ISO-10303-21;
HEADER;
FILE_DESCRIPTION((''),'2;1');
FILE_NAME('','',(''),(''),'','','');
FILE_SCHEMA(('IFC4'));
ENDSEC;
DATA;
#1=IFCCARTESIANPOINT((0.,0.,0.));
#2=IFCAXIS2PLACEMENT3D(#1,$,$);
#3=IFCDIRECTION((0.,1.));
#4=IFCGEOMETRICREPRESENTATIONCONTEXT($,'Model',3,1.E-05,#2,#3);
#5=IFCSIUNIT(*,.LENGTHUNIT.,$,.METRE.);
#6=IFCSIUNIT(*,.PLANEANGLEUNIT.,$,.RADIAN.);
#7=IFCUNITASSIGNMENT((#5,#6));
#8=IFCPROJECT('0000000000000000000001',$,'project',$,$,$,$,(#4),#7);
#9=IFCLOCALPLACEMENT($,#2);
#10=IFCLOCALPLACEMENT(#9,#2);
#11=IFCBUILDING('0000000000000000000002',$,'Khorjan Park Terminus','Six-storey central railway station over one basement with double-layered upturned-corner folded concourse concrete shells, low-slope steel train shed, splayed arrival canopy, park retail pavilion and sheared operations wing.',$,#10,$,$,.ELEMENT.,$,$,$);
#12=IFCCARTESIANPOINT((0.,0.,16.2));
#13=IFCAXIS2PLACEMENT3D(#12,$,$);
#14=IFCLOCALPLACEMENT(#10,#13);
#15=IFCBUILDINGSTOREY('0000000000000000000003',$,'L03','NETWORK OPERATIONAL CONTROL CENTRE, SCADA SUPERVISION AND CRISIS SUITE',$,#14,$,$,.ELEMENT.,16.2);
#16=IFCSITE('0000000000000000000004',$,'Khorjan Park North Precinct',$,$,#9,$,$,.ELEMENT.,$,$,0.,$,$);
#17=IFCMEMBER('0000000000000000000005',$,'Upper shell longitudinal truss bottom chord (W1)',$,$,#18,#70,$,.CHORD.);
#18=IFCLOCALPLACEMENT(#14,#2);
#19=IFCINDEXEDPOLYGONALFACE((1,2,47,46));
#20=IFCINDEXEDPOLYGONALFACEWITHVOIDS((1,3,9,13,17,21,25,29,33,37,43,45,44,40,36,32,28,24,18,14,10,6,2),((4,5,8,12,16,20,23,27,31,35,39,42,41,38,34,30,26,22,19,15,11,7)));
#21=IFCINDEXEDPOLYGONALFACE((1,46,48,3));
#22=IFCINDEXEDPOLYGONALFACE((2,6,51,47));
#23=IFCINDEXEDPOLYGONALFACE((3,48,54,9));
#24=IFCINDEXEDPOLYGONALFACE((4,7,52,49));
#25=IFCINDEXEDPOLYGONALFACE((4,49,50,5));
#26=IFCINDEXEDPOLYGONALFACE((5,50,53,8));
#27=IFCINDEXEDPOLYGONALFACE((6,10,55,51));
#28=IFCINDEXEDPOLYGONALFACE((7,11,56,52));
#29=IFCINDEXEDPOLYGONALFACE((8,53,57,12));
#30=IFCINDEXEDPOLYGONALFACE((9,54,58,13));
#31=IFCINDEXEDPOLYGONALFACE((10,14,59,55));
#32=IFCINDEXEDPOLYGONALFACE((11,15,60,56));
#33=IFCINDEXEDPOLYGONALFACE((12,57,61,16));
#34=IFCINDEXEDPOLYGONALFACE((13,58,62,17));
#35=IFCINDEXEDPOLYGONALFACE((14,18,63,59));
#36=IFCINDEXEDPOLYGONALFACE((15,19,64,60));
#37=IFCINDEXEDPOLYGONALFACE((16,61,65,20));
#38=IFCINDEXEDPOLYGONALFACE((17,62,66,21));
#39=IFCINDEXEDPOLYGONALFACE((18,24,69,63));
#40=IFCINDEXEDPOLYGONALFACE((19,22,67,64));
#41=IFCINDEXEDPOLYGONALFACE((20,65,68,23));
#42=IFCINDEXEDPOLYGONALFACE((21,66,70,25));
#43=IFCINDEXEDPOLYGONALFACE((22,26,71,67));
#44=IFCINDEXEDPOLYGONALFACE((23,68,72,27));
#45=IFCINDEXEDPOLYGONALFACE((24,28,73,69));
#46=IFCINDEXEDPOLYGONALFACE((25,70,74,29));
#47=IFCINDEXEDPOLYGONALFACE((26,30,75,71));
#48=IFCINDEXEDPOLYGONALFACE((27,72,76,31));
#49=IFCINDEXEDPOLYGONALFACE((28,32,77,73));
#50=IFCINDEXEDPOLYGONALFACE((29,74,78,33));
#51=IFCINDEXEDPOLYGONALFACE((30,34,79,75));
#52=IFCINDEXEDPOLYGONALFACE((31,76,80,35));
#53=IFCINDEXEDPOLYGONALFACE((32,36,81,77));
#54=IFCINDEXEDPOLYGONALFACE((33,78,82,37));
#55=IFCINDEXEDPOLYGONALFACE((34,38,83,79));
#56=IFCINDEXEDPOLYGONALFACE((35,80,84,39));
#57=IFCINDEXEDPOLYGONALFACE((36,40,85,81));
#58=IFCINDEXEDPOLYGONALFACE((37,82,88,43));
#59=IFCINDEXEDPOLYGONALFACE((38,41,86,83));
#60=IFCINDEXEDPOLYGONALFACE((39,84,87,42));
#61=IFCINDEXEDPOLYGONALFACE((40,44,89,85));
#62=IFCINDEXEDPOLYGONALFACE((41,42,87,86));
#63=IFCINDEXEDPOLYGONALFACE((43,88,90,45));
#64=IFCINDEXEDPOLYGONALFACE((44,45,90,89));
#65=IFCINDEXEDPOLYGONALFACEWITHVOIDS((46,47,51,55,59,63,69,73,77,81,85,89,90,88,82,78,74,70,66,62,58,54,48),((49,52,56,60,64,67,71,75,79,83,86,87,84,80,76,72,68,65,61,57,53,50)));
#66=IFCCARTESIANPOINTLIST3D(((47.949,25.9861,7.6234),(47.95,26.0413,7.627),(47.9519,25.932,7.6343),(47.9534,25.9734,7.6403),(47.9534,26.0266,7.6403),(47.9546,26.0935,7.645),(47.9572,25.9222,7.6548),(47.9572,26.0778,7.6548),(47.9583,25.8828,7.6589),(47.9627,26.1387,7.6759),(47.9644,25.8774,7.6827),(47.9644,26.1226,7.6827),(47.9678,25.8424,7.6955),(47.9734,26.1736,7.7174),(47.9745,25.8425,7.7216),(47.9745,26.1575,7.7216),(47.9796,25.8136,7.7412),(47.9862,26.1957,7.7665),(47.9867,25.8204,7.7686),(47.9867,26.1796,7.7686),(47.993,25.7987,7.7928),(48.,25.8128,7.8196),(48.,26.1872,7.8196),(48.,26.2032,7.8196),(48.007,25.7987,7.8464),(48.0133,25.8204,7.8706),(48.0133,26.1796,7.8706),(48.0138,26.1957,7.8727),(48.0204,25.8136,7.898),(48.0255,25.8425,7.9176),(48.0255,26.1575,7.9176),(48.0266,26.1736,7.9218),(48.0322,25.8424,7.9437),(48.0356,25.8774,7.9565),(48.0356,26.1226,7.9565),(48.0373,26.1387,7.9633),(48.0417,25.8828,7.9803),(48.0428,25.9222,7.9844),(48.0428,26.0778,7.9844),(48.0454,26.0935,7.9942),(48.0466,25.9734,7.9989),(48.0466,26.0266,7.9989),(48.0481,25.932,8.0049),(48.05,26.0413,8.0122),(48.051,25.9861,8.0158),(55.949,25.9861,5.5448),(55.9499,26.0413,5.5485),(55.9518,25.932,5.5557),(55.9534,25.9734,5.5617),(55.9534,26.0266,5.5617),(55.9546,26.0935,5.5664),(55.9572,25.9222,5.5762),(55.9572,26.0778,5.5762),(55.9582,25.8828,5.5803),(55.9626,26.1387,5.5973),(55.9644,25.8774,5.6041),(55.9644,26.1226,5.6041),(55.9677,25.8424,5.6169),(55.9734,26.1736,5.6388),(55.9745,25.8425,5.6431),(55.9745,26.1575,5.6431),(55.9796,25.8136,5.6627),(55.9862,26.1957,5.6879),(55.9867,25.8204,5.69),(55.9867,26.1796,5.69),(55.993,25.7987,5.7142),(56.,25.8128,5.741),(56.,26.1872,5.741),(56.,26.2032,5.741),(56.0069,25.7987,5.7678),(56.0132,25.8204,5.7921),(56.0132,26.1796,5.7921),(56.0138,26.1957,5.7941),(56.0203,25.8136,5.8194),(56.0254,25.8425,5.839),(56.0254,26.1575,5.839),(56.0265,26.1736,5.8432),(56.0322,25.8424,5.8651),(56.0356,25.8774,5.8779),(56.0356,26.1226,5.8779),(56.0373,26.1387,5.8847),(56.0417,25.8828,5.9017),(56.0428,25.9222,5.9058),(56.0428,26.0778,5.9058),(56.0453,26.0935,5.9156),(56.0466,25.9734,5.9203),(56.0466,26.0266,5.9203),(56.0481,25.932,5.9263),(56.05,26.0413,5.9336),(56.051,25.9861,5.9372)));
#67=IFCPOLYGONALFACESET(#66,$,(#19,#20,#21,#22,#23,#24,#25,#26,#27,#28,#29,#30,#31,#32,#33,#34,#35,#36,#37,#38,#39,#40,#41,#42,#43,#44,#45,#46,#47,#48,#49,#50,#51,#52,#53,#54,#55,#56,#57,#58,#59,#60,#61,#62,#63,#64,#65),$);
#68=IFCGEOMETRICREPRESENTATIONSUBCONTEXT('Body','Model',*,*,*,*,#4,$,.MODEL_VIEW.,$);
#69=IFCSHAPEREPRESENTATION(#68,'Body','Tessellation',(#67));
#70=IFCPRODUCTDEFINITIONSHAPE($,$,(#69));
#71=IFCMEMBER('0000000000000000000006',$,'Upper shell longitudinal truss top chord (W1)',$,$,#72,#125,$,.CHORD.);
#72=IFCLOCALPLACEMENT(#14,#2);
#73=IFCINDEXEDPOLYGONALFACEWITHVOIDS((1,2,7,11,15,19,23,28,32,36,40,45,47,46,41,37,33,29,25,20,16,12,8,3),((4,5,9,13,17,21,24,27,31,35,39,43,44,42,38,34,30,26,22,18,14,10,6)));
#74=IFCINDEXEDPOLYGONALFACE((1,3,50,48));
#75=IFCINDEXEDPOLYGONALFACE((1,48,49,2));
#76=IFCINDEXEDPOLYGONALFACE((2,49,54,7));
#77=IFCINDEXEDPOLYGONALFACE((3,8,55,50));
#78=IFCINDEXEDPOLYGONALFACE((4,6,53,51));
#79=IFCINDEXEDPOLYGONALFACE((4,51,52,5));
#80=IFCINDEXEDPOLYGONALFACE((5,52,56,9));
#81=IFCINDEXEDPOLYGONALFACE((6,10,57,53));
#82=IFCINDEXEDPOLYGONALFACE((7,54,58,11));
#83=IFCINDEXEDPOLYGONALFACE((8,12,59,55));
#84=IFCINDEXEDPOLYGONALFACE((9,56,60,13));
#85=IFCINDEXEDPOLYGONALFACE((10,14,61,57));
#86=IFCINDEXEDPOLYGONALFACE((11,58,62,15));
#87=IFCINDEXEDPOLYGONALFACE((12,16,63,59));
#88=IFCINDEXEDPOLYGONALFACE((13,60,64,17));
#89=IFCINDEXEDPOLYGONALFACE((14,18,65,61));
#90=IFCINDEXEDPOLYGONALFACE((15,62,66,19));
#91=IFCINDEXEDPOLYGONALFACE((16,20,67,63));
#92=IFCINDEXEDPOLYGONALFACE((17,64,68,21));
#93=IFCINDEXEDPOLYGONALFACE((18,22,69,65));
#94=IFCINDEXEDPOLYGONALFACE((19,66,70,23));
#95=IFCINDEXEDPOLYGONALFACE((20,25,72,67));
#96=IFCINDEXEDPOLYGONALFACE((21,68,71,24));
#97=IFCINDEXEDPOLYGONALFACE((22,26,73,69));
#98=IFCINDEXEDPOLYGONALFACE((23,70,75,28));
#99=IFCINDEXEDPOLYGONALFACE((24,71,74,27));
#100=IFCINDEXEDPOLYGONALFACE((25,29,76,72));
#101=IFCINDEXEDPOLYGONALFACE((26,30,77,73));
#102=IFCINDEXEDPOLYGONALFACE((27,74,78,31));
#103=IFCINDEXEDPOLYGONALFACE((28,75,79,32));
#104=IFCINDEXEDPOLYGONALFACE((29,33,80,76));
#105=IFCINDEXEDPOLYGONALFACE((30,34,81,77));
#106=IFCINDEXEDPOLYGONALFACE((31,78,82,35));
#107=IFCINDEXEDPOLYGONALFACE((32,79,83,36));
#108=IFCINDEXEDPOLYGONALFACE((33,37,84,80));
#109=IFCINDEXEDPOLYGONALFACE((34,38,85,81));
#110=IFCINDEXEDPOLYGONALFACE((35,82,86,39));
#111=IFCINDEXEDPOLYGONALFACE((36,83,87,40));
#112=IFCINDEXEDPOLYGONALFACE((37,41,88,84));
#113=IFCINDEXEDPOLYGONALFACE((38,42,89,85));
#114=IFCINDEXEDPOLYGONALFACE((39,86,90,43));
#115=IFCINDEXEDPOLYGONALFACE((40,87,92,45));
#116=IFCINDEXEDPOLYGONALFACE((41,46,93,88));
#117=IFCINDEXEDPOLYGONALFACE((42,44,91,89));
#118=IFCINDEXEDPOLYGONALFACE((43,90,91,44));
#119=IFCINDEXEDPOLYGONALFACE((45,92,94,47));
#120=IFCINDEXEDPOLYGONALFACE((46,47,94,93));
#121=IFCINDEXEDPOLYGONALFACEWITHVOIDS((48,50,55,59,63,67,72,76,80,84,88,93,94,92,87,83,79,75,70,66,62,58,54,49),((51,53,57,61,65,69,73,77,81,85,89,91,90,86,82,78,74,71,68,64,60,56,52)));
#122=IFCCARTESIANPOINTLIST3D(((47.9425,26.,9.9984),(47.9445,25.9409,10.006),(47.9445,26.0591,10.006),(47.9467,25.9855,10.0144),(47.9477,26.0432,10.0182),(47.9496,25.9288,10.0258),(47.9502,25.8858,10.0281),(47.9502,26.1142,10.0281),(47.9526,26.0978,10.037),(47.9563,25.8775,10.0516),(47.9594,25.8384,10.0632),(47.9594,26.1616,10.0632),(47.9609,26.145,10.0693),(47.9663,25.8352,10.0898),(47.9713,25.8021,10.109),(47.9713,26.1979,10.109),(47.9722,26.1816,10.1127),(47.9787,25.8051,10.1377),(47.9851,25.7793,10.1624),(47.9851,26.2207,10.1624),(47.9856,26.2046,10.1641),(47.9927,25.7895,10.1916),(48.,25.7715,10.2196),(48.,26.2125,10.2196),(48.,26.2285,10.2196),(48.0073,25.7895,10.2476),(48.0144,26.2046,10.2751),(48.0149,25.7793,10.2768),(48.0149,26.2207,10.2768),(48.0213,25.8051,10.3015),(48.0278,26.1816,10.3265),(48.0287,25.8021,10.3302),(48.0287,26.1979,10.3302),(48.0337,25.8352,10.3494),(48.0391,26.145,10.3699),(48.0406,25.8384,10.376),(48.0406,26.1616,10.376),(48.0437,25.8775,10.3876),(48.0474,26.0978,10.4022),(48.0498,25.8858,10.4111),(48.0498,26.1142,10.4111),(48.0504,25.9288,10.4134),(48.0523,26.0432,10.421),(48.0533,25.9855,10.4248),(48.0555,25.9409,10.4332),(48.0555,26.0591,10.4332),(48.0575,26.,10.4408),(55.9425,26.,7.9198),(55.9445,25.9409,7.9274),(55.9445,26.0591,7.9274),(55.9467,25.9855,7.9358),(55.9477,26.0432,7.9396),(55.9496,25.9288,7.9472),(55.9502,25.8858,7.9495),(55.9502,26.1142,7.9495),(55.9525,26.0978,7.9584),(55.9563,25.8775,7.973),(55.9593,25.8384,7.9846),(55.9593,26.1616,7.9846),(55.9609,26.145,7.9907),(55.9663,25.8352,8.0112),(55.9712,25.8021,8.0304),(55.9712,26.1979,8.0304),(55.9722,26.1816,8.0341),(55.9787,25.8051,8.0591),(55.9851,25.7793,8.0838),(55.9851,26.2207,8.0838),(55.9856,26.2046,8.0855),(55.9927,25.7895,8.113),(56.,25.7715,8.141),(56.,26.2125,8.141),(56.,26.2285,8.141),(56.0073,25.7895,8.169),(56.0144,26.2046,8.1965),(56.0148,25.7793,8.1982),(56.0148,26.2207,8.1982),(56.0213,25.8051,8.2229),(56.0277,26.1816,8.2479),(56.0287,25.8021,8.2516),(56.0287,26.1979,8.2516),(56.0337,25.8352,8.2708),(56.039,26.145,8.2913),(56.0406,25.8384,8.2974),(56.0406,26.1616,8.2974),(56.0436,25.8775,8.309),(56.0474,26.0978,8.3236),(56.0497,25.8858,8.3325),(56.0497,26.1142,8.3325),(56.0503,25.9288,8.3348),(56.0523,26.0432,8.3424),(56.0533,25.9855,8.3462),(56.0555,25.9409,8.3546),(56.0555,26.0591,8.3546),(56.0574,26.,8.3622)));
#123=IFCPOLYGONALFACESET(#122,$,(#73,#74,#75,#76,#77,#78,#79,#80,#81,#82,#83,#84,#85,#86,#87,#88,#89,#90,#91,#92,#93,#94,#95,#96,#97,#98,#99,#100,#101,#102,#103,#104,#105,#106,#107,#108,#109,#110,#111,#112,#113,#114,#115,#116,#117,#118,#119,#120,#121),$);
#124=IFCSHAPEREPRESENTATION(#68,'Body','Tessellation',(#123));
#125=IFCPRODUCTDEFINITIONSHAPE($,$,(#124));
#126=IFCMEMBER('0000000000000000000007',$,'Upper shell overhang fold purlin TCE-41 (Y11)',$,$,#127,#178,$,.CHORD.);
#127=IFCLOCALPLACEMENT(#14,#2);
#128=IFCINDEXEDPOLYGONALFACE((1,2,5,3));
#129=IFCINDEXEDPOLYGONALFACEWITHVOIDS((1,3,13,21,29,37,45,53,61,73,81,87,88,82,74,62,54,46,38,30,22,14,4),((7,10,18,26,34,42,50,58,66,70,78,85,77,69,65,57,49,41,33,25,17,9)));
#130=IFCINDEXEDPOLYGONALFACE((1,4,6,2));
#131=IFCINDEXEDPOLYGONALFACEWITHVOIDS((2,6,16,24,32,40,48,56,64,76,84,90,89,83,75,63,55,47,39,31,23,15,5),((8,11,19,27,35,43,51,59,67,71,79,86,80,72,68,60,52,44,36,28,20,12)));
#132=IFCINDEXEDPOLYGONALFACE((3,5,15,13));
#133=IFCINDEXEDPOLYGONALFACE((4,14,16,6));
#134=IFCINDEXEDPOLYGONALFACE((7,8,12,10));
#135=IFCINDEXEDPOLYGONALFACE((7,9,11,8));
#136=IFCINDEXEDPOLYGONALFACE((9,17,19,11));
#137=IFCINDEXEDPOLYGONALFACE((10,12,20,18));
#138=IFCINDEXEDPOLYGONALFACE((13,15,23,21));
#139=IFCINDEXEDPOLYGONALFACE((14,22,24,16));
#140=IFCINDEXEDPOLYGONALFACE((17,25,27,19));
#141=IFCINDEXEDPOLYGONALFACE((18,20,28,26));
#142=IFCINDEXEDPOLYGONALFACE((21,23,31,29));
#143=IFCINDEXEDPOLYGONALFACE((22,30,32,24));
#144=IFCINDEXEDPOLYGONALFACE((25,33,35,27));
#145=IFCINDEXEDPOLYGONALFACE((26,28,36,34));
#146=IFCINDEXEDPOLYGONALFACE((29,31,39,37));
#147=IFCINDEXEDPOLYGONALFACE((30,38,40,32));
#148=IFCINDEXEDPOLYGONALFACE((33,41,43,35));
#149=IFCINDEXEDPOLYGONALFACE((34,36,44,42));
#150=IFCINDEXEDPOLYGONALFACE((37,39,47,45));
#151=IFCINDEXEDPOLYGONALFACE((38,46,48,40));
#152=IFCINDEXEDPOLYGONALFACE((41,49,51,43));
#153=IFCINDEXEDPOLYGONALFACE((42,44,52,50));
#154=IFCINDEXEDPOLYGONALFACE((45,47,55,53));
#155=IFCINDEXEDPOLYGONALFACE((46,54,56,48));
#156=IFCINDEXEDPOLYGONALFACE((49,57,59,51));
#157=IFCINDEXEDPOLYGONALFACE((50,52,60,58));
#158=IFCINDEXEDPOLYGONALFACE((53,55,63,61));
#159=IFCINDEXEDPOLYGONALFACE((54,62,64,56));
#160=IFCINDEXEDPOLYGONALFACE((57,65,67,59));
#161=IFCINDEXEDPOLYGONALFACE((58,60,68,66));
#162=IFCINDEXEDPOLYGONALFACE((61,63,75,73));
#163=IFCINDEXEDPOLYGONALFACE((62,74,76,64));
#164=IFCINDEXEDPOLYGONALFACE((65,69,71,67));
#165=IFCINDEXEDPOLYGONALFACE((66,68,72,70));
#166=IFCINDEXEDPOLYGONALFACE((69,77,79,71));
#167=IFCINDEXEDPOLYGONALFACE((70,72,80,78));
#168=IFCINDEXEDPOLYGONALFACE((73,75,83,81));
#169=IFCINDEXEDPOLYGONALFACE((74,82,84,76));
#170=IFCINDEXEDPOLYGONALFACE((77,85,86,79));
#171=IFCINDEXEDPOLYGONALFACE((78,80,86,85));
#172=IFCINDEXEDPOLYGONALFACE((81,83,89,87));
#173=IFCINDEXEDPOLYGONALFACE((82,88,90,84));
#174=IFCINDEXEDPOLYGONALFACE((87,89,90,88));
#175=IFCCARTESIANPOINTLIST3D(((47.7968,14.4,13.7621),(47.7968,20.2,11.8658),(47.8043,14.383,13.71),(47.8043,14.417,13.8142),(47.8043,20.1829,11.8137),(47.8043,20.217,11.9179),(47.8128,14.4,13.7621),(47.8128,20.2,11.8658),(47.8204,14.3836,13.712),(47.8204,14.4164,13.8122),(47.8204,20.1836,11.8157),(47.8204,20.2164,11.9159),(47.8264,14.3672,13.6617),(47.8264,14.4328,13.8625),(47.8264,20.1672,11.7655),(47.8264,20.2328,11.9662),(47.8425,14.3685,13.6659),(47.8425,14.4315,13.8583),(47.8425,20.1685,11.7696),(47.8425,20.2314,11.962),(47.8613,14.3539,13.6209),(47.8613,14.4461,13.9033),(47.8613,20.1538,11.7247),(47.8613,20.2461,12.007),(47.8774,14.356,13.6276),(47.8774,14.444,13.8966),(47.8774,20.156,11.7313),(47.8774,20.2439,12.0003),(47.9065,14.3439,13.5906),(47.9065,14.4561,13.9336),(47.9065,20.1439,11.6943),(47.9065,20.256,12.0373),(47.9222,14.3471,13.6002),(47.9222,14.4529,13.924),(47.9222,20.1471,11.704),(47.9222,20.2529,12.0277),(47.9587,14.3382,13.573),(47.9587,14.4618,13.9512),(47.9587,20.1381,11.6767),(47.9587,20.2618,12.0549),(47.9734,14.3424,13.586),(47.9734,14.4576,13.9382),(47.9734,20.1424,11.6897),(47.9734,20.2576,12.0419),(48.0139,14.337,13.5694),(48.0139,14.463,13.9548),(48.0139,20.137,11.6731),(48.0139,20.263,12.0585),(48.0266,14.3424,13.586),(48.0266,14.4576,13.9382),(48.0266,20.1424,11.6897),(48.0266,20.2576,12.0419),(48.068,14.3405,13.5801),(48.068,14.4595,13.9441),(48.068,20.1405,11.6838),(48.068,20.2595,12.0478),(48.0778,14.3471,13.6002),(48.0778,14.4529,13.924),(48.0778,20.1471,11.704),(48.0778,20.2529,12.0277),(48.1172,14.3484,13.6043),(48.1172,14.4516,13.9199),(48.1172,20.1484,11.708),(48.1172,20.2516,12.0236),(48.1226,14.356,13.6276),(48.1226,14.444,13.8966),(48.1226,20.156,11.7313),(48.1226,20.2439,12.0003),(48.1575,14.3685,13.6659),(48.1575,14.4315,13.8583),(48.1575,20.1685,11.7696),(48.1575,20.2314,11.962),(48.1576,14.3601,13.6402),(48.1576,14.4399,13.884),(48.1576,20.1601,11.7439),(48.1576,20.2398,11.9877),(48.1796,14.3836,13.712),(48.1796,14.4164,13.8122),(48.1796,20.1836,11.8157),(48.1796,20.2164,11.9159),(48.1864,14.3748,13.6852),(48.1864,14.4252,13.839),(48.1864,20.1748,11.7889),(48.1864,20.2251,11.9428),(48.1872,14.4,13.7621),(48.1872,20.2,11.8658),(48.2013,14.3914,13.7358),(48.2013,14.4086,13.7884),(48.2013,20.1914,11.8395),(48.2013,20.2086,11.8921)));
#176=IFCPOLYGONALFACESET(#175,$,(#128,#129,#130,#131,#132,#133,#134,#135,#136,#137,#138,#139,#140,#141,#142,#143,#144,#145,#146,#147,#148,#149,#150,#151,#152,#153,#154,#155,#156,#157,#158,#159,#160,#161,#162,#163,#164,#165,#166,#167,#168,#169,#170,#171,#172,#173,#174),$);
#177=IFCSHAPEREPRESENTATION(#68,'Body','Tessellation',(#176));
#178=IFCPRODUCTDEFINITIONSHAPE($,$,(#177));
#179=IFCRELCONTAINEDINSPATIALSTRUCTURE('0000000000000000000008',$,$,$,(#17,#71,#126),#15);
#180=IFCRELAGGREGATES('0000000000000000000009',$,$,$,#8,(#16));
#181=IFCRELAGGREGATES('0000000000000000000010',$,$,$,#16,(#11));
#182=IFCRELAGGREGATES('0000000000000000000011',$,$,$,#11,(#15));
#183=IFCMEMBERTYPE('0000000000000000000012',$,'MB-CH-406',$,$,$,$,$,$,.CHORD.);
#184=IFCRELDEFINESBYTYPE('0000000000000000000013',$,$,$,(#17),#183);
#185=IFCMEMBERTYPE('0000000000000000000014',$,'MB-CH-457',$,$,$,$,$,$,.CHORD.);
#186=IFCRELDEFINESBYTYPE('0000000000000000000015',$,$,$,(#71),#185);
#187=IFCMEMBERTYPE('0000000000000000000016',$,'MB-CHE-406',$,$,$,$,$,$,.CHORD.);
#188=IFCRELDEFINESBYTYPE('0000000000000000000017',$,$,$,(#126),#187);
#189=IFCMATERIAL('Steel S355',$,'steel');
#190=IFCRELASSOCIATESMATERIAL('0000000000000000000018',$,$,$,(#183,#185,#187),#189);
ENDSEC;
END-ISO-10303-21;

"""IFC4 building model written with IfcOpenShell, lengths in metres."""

from ifc_helpers import new_model, si_unit, direction, frame, origin, origin_2d, place, context, subcontext, project, spatial, hollow_circle, extrude, material, material_profile, profile_set, type_object, element, save


model = new_model("IFC4")

# Units and contexts
model_context = context("Model", 3, precision=1e-05, world=origin(), true_north=direction((0.0, 1.0)))
body_context = subcontext(model_context, "Body", "Model", "MODEL_VIEW")
ifc_project = project(units=[si_unit("LENGTHUNIT", "METRE"), si_unit("PLANEANGLEUNIT", "RADIAN")], contexts=[model_context])

# Site, building, storey
site_placement = place(None, origin())
site = spatial("IfcSite", under=ifc_project, at=site_placement, Name="Khorjan Park North Precinct", CompositionType="ELEMENT", RefElevation=0.0)
building_placement = place(site_placement, origin())
building = spatial("IfcBuilding", under=site, at=building_placement, Name="Khorjan Park Terminus", Description="Six-storey central railway station over one basement with double-layered upturned-corner folded concourse concrete shells, low-slope steel train shed, splayed arrival canopy, park retail pavilion and sheared operations wing.", CompositionType="ELEMENT")
storey_placement = place(building_placement, frame((0.0, 0.0, 16.2)))
storey = spatial("IfcBuildingStorey", under=building, at=storey_placement, Name="L03", Description="NETWORK OPERATIONAL CONTROL CENTRE, SCADA SUPERVISION AND CRISIS SUITE", CompositionType="ELEMENT", Elevation=16.2)

# Members
ifc_material_1 = material(Name="Steel S355", Category="steel")
ifc_material_profile_1 = material_profile(ifc_material_1, hollow_circle(Radius=0.2032, WallThickness=0.016, at=origin_2d()), Name="CHS 406.4x16")
ifc_profile_set_1 = profile_set([ifc_material_profile_1], Name="Steel S355")
member_type_1 = type_object("IfcMemberType", Name="MB-CH-406", PredefinedType="CHORD", material=ifc_profile_set_1)
member_1_placement = place(storey_placement, frame((48.0, 26.0, 7.8196), z_axis=(0.967864, 0.0, -0.251475), x_axis=(0.0, 1.0, 0.0)))
element("IfcMember", 1, at=member_1_placement, inside=storey, type_object=member_type_1, Name="Upper shell longitudinal truss bottom chord (W1)", PredefinedType="CHORD", context=body_context, shape_type="SweptSolid", body=[
    extrude(hollow_circle(Radius=0.2032, WallThickness=0.016, at=origin_2d()), origin(), (0.0, 0.0, 1.0), 8.2656),
])
ifc_material_profile_2 = material_profile(ifc_material_1, hollow_circle(Radius=0.2285, WallThickness=0.016, at=origin_2d()), Name="CHS 457x16")
ifc_profile_set_2 = profile_set([ifc_material_profile_2], Name="Steel S355")
member_type_2 = type_object("IfcMemberType", Name="MB-CH-457", PredefinedType="CHORD", material=ifc_profile_set_2)
member_2_placement = place(storey_placement, frame((48.0, 26.0, 10.2196), z_axis=(0.967864, 0.0, -0.251475), x_axis=(0.0, 1.0, 0.0)))
element("IfcMember", 2, at=member_2_placement, inside=storey, type_object=member_type_2, Name="Upper shell longitudinal truss top chord (W1)", PredefinedType="CHORD", context=body_context, shape_type="SweptSolid", body=[
    extrude(hollow_circle(Radius=0.2285, WallThickness=0.016, at=origin_2d()), origin(), (0.0, 0.0, 1.0), 8.2656),
])
ifc_material_profile_3 = material_profile(ifc_material_1, hollow_circle(Radius=0.2032, WallThickness=0.016, at=origin_2d()), Name="CHS 406.4x16")
ifc_profile_set_3 = profile_set([ifc_material_profile_3], Name="Steel S355")
member_type_3 = type_object("IfcMemberType", Name="MB-CHE-406", PredefinedType="CHORD", material=ifc_profile_set_3)
member_3_placement = place(storey_placement, frame((48.0, 14.4, 13.7621), z_axis=(0.0, 0.950488, -0.31076), x_axis=(-1.0, 0.0, 0.0)))
element("IfcMember", 3, at=member_3_placement, inside=storey, type_object=member_type_3, Name="Upper shell overhang fold purlin TCE-41 (Y11)", PredefinedType="CHORD", context=body_context, shape_type="SweptSolid", body=[
    extrude(hollow_circle(Radius=0.2032, WallThickness=0.016, at=origin_2d()), origin(), (0.0, 0.0, 1.0), 6.1021),
])

save(model, "model.ifc")
